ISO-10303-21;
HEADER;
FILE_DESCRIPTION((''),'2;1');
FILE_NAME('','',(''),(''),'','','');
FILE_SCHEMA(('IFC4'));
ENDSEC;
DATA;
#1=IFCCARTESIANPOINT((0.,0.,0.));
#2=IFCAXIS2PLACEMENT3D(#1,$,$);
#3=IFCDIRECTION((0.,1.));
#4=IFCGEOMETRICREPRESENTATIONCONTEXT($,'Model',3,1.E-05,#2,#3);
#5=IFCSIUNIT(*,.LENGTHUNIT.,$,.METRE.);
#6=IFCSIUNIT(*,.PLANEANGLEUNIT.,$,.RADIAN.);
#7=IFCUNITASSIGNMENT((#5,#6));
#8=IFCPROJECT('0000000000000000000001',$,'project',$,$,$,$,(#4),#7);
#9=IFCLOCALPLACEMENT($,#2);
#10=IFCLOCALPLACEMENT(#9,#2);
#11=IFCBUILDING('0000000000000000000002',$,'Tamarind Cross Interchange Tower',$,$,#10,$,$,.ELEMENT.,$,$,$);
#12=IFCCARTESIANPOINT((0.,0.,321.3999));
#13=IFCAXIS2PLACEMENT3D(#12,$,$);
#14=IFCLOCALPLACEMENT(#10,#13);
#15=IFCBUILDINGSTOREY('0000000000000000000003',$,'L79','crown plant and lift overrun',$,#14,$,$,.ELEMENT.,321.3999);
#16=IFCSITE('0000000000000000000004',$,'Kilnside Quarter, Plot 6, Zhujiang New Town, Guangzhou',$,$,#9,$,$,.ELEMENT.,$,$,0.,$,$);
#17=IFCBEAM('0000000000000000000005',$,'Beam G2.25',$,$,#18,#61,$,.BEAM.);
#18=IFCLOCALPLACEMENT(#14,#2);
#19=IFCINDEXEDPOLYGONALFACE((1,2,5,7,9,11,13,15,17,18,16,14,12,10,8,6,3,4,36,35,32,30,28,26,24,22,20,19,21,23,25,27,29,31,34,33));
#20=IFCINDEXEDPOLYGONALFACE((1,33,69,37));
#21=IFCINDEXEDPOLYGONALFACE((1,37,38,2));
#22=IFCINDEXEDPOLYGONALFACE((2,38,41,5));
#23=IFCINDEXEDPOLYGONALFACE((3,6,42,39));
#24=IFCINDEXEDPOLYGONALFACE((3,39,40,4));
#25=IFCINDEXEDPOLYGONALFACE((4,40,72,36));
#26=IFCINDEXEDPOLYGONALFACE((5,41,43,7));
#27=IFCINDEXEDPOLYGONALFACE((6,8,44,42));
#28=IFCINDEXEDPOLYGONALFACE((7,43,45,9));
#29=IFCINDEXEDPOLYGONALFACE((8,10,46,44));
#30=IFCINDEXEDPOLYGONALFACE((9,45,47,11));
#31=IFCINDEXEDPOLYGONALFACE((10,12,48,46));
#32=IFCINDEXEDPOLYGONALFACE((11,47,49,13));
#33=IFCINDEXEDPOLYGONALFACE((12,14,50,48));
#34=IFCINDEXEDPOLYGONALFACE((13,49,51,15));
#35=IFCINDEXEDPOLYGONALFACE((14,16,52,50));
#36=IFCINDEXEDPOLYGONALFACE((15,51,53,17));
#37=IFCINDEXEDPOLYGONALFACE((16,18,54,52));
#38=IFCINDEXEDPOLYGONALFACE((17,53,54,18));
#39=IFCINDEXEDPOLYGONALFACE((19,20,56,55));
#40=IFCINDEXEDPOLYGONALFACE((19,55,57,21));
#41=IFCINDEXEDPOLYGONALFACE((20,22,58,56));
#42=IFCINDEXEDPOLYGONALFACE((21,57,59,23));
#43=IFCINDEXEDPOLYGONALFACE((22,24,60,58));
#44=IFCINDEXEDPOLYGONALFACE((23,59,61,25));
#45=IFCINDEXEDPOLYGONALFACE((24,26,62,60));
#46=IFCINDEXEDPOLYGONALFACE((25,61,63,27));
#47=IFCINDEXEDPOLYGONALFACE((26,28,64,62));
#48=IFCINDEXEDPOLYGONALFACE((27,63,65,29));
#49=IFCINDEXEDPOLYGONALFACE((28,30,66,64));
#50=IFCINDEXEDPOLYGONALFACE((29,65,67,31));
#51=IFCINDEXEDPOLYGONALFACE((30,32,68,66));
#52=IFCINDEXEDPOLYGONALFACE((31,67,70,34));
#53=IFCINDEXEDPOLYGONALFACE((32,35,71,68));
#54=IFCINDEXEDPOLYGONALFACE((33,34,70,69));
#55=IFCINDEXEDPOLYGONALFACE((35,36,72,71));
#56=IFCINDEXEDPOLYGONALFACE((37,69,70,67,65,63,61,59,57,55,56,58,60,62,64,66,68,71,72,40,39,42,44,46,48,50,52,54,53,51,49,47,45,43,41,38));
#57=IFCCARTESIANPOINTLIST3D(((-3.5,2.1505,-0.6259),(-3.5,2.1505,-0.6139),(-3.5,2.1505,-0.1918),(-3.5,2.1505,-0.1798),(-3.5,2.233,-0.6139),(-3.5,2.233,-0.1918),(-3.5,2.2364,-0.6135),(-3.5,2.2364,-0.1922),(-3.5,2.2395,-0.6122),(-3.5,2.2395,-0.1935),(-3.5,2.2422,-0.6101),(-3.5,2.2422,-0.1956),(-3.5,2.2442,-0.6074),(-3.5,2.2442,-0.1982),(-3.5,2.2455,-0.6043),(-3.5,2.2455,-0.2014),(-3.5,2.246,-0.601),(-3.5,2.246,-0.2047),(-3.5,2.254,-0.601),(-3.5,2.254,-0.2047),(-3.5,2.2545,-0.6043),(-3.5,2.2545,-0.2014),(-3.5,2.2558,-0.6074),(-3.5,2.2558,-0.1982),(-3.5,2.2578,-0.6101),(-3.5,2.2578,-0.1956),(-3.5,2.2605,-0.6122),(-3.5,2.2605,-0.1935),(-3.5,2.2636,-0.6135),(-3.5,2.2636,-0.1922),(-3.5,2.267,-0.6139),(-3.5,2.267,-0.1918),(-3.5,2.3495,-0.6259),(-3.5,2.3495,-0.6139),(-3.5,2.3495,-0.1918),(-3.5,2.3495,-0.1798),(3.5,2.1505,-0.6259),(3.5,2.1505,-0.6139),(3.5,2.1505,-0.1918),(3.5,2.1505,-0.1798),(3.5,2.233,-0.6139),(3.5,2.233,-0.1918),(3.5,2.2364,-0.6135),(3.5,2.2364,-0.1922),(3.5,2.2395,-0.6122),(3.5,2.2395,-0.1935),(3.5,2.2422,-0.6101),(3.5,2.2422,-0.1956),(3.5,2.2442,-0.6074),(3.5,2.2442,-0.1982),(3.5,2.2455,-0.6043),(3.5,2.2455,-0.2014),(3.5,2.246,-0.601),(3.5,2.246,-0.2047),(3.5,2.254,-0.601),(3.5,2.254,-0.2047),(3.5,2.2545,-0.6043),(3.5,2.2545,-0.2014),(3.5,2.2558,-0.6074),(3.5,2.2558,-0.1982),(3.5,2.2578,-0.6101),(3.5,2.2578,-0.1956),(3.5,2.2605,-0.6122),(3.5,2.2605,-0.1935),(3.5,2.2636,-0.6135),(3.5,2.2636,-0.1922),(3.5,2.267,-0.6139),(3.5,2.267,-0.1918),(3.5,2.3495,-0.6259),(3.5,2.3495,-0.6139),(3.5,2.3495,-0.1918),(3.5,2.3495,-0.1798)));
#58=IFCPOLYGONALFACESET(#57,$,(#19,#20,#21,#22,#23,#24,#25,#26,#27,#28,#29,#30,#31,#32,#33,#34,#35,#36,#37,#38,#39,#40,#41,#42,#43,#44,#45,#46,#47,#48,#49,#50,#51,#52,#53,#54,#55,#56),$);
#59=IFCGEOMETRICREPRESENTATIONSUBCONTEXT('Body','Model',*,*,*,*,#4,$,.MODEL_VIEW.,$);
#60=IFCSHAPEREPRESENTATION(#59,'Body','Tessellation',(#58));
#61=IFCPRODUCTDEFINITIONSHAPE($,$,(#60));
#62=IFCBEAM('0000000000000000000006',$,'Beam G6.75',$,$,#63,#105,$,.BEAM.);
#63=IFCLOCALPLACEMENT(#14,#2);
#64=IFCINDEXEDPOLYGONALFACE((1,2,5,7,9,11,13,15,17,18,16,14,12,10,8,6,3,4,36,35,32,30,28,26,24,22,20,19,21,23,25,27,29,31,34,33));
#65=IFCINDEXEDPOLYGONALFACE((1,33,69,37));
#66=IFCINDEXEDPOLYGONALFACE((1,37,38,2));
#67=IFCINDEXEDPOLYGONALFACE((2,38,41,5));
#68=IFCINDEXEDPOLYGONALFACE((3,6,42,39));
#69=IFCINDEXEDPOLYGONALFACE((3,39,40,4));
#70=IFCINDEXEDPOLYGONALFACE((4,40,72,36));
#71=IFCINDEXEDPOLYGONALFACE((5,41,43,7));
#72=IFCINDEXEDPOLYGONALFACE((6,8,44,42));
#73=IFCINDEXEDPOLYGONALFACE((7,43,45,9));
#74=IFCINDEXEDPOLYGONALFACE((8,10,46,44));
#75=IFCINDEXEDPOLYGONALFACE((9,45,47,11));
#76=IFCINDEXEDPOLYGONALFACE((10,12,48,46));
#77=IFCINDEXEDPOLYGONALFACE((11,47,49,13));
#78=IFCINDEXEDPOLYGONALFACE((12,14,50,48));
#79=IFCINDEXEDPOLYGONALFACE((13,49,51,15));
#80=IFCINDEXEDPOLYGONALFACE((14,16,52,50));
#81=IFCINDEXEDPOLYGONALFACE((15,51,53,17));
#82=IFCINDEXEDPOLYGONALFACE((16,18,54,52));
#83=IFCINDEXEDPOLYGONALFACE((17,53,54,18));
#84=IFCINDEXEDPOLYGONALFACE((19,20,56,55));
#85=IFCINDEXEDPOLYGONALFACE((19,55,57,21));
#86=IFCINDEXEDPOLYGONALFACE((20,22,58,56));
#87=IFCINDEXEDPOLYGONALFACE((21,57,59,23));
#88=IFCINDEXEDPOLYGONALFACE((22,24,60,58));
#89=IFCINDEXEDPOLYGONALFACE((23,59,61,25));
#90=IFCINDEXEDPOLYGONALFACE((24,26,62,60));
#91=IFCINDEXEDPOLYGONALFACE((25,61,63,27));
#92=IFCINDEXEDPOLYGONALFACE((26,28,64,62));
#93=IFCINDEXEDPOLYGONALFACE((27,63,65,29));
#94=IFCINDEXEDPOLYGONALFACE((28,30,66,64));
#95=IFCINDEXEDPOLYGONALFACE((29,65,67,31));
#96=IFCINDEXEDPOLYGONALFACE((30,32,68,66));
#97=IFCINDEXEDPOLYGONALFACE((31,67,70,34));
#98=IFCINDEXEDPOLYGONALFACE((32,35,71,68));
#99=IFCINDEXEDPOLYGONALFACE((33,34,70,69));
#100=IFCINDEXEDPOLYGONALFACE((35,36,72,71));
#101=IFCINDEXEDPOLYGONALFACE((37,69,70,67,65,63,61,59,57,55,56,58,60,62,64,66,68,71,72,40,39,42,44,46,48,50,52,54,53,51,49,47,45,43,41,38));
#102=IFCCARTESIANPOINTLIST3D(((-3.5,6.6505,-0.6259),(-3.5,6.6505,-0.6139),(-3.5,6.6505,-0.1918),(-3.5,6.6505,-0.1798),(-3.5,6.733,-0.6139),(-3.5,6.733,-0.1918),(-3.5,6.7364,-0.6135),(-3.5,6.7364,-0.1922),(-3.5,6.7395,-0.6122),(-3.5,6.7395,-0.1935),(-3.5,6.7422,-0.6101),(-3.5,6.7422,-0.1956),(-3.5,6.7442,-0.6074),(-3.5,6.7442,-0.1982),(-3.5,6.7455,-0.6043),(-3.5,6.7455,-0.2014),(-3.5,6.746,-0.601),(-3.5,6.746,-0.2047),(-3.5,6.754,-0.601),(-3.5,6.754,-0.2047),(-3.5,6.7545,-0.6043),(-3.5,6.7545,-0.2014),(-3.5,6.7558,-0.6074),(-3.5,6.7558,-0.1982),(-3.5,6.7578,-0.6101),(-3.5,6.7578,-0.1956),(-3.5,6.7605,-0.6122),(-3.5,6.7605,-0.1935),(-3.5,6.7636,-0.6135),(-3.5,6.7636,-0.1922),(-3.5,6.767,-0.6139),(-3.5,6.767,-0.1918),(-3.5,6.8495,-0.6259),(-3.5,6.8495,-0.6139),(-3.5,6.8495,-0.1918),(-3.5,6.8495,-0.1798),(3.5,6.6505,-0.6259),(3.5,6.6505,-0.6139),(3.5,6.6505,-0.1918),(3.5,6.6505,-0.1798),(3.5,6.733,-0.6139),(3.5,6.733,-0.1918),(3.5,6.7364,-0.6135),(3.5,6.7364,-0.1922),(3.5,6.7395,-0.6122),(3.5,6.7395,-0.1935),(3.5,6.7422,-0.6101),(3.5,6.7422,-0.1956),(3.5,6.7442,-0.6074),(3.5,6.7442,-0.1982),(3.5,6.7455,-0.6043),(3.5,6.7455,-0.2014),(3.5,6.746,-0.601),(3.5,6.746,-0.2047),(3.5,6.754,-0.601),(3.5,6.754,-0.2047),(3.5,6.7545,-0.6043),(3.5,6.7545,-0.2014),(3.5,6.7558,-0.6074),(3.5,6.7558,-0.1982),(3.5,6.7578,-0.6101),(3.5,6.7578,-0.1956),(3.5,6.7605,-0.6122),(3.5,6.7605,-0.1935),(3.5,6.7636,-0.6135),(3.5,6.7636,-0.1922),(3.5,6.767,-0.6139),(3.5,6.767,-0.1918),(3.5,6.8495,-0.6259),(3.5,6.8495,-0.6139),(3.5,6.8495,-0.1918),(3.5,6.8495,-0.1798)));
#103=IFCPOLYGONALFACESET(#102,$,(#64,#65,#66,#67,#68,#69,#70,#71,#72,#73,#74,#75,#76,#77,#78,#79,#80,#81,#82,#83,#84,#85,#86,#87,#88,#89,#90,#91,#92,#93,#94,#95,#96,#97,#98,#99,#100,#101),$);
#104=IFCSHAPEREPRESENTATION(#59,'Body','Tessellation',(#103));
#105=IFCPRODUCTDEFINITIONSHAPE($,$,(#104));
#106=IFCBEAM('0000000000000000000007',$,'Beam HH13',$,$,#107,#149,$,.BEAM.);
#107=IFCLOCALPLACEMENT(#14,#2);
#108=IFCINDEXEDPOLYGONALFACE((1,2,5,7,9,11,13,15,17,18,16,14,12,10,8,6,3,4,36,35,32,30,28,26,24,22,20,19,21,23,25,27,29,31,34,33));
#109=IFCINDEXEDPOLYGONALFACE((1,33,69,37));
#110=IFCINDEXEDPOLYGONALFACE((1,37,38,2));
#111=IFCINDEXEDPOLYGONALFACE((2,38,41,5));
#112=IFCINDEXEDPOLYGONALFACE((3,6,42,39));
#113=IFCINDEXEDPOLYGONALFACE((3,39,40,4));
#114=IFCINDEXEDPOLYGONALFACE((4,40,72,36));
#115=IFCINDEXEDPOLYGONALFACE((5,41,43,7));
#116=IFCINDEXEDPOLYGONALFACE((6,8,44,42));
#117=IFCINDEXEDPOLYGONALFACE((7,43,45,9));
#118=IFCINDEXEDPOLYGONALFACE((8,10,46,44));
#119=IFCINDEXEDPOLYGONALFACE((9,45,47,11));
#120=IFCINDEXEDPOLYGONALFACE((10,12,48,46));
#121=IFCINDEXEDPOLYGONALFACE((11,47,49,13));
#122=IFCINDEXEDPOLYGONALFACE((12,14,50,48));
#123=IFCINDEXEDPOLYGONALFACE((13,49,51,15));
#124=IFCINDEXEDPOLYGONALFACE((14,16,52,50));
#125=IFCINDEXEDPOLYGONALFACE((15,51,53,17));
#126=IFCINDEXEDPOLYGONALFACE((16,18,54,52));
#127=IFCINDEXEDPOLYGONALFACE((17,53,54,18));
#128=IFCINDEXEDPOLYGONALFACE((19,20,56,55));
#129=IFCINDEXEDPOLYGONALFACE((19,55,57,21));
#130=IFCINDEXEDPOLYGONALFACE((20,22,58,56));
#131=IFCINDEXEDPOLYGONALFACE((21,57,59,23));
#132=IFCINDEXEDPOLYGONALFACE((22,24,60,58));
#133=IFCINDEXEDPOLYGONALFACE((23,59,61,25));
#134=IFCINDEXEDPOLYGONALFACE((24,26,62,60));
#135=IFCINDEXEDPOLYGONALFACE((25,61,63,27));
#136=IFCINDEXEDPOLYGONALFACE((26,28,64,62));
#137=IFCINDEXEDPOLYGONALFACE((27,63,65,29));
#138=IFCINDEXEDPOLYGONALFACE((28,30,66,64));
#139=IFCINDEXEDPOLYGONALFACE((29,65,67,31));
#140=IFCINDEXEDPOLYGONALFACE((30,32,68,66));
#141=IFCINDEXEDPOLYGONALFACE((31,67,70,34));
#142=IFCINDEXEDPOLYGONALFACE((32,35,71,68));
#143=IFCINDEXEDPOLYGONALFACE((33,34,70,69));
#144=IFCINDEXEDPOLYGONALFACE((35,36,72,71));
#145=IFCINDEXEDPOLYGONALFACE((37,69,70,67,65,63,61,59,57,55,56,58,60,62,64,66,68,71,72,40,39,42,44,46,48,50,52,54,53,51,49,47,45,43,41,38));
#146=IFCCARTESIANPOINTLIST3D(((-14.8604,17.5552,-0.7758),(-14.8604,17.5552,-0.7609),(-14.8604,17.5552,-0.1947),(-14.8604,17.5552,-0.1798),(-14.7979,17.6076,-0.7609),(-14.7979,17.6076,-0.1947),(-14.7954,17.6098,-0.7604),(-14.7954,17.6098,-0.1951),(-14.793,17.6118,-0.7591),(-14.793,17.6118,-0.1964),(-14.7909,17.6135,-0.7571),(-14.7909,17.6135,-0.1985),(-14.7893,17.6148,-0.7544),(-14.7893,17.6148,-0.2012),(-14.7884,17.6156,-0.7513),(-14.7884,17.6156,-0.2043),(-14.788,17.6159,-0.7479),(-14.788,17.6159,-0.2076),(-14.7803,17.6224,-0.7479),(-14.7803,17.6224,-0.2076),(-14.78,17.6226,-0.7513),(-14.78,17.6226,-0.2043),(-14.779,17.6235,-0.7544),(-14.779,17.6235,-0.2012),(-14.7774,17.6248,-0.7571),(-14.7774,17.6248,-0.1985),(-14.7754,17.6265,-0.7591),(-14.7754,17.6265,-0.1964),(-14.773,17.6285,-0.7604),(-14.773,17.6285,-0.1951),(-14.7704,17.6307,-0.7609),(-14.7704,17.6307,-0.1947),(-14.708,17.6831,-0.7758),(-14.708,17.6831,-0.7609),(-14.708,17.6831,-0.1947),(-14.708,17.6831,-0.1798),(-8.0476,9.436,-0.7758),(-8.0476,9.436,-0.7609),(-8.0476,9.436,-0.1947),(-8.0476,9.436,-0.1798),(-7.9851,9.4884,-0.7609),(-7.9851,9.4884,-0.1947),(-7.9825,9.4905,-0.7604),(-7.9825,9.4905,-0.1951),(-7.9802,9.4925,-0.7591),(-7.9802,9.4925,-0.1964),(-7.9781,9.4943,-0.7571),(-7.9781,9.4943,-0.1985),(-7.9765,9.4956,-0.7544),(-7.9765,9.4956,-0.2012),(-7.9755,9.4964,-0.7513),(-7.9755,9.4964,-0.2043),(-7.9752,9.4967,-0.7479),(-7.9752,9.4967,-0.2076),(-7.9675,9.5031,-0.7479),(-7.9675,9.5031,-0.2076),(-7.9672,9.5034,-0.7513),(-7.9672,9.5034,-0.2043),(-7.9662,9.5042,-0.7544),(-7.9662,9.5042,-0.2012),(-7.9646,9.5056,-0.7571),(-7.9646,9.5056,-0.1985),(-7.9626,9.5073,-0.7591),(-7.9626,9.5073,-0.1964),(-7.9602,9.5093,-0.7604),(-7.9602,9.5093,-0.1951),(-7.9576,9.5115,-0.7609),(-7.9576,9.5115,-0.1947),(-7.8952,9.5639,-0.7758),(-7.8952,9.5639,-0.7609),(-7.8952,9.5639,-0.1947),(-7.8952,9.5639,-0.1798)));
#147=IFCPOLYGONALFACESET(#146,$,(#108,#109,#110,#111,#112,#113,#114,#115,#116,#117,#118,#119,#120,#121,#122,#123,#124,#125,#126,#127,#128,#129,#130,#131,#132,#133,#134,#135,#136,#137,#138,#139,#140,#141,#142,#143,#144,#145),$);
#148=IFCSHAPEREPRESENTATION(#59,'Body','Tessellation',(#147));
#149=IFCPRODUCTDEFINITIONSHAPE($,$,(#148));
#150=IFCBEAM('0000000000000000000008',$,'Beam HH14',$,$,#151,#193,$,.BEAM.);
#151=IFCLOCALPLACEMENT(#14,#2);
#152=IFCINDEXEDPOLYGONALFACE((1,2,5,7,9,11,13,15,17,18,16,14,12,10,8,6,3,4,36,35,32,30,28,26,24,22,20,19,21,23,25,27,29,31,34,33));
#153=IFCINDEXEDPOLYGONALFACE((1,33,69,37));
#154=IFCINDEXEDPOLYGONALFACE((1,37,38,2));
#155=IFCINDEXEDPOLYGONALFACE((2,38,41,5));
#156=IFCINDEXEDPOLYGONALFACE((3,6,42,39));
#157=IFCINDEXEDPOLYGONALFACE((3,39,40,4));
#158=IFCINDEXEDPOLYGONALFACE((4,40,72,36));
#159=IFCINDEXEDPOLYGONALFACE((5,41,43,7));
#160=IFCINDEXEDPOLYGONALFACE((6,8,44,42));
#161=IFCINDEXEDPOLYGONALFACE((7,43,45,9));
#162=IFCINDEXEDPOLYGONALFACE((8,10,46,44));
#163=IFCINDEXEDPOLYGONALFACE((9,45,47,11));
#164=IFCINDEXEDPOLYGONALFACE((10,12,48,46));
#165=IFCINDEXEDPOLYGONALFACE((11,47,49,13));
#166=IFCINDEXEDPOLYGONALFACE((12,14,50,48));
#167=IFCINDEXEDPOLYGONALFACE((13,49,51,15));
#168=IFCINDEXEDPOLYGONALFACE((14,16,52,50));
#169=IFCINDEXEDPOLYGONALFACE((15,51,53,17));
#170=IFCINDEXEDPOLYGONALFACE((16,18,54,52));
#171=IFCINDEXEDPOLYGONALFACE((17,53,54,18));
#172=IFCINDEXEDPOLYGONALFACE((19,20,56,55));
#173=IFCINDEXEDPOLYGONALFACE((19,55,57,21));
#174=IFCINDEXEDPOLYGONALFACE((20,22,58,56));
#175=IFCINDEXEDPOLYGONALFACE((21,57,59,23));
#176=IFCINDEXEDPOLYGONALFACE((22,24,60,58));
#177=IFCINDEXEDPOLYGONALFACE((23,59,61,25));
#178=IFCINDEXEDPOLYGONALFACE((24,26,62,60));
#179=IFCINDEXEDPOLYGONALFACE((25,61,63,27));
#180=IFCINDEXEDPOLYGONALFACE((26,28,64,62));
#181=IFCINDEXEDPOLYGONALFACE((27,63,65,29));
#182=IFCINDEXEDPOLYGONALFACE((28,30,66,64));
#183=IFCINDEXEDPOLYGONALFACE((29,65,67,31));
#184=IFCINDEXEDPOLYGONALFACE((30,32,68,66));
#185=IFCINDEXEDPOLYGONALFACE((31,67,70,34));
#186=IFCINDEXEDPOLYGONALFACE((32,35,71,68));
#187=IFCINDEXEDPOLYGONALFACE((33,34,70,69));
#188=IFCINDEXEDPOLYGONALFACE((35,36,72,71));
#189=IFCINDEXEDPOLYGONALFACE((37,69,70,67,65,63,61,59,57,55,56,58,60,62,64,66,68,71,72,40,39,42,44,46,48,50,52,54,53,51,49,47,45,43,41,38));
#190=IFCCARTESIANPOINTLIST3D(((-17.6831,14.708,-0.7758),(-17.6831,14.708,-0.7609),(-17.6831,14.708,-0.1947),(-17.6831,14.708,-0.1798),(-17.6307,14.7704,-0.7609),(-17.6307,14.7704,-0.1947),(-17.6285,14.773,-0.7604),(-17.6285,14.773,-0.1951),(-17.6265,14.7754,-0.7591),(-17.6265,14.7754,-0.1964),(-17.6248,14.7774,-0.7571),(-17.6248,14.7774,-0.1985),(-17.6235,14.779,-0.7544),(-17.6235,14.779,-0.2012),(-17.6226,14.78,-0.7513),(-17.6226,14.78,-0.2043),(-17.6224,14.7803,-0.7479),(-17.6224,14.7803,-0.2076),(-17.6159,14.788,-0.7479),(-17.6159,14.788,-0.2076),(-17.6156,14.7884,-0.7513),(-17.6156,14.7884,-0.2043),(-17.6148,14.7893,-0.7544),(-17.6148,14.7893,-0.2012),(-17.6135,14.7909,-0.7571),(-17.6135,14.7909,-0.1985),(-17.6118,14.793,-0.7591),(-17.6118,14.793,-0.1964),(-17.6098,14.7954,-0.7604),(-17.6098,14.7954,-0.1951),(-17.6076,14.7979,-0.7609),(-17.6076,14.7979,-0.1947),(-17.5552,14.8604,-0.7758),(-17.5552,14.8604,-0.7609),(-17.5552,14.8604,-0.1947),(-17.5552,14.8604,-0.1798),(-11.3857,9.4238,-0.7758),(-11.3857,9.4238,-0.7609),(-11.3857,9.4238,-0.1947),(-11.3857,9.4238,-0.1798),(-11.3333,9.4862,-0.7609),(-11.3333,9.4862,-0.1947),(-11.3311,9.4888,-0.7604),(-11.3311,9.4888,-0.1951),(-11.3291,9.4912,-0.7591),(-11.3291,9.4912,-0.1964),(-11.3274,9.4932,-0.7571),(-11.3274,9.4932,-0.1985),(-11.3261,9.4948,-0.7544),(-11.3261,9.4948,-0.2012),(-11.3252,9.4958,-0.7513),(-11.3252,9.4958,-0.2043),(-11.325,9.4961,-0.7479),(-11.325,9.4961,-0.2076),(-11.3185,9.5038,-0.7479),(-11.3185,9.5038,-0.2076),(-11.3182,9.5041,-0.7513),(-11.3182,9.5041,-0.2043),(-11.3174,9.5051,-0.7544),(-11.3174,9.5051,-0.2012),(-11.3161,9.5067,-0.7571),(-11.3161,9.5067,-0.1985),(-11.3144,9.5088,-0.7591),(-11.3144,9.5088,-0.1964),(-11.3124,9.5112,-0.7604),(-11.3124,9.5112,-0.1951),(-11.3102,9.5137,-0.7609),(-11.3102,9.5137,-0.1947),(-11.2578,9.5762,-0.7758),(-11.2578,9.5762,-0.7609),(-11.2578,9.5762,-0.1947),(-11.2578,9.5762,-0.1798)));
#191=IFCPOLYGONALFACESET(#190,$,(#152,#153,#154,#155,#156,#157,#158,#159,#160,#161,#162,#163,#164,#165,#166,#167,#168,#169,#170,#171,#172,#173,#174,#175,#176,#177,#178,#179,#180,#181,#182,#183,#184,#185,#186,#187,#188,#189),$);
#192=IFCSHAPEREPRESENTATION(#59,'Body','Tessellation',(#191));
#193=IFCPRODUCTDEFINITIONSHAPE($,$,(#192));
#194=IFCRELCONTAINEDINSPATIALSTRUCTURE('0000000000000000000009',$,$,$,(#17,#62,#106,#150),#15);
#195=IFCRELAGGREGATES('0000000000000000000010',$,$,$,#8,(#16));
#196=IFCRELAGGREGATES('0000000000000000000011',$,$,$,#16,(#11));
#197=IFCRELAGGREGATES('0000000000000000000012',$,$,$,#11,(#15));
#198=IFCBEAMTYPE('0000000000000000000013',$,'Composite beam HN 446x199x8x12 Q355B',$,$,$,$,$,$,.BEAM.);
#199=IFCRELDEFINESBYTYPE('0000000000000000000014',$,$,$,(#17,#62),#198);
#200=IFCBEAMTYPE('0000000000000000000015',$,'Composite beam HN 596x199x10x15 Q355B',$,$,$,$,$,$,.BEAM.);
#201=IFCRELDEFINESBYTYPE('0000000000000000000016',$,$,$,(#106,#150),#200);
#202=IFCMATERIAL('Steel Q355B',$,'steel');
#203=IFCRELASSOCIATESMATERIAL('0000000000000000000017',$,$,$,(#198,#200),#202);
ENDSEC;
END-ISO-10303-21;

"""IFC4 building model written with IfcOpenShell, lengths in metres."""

from ifc_helpers import new_model, si_unit, direction, frame, origin, origin_2d, place, context, subcontext, project, spatial, i_section, extrude, material, material_profile, profile_set, type_object, element, save


model = new_model("IFC4")

# Units and contexts
model_context = context("Model", 3, precision=1e-05, world=origin(), true_north=direction((0.0, 1.0)))
body_context = subcontext(model_context, "Body", "Model", "MODEL_VIEW")
ifc_project = project(units=[si_unit("LENGTHUNIT", "METRE"), si_unit("PLANEANGLEUNIT", "RADIAN")], contexts=[model_context])

# Site, building, storey
site_placement = place(None, origin())
site = spatial("IfcSite", under=ifc_project, at=site_placement, Name="Kilnside Quarter, Plot 6, Zhujiang New Town, Guangzhou", CompositionType="ELEMENT", RefElevation=0.0)
building_placement = place(site_placement, origin())
building = spatial("IfcBuilding", under=site, at=building_placement, Name="Tamarind Cross Interchange Tower", CompositionType="ELEMENT")
storey_placement = place(building_placement, frame((0.0, 0.0, 321.3999)))
storey = spatial("IfcBuildingStorey", under=building, at=storey_placement, Name="L79", Description="crown plant and lift overrun", CompositionType="ELEMENT", Elevation=321.3999)

# Beams
ifc_material_1 = material(Name="Steel Q355B", Category="steel")
ifc_material_profile_1 = material_profile(ifc_material_1, i_section(OverallWidth=0.199, OverallDepth=0.446, WebThickness=0.0081, FlangeThickness=0.012, FilletRadius=0.0129, at=origin_2d()), Name="HN 446x199x8x12")
ifc_profile_set_1 = profile_set([ifc_material_profile_1], Name="Steel Q355B")
beam_type_1 = type_object("IfcBeamType", Name="Composite beam HN 446x199x8x12 Q355B", PredefinedType="BEAM", material=ifc_profile_set_1)
for number, where, z_axis, x_axis, name in (
    (1, (-3.5, 2.25, -0.4028), (1.0, 0.0, 0.0), (0.0, 1.0, 0.0), "Beam G2.25"),
    (2, (-3.5, 6.75, -0.4028), (1.0, 0.0, 0.0), (0.0, 1.0, 0.0), "Beam G6.75"),
):
    element("IfcBeam", number, at=place(storey_placement, frame(where, z_axis=z_axis, x_axis=x_axis)), inside=storey, type_object=beam_type_1, Name=name, PredefinedType="BEAM", context=body_context, shape_type="SweptSolid", body=[
        extrude(i_section(OverallWidth=0.199, OverallDepth=0.446, WebThickness=0.0081, FlangeThickness=0.012, FilletRadius=0.0129, at=origin_2d()), origin(), (0.0, 0.0, 1.0), 7.0),
    ])
ifc_material_profile_2 = material_profile(ifc_material_1, i_section(OverallWidth=0.199, OverallDepth=0.5959, WebThickness=0.01, FlangeThickness=0.0149, FilletRadius=0.0129, at=origin_2d()), Name="HN 596x199x10x15")
ifc_profile_set_2 = profile_set([ifc_material_profile_2], Name="Steel Q355B")
beam_type_2 = type_object("IfcBeamType", Name="Composite beam HN 596x199x10x15 Q355B", PredefinedType="BEAM", material=ifc_profile_set_2)
beam_1_placement = place(storey_placement, frame((-14.7842, 17.6191, -0.4778), z_axis=(0.642786, -0.766046, 0.0), x_axis=(0.766046, 0.642786, 0.0)))
element("IfcBeam", 3, at=beam_1_placement, inside=storey, type_object=beam_type_2, Name="Beam HH13", PredefinedType="BEAM", context=body_context, shape_type="SweptSolid", body=[
    extrude(i_section(OverallWidth=0.199, OverallDepth=0.5959, WebThickness=0.01, FlangeThickness=0.0149, FilletRadius=0.0129, at=origin_2d()), origin(), (0.0, 0.0, 1.0), 10.5989),
])
beam_2_placement = place(storey_placement, frame((-17.6191, 14.7842, -0.4778), z_axis=(0.766041, -0.642792, 0.0), x_axis=(0.642792, 0.766041, 0.0)))
element("IfcBeam", 4, at=beam_2_placement, inside=storey, type_object=beam_type_2, Name="Beam HH14", PredefinedType="BEAM", context=body_context, shape_type="SweptSolid", body=[
    extrude(i_section(OverallWidth=0.199, OverallDepth=0.5959, WebThickness=0.01, FlangeThickness=0.0149, FilletRadius=0.0129, at=origin_2d()), origin(), (0.0, 0.0, 1.0), 8.2207),
])

save(model, "model.ifc")
